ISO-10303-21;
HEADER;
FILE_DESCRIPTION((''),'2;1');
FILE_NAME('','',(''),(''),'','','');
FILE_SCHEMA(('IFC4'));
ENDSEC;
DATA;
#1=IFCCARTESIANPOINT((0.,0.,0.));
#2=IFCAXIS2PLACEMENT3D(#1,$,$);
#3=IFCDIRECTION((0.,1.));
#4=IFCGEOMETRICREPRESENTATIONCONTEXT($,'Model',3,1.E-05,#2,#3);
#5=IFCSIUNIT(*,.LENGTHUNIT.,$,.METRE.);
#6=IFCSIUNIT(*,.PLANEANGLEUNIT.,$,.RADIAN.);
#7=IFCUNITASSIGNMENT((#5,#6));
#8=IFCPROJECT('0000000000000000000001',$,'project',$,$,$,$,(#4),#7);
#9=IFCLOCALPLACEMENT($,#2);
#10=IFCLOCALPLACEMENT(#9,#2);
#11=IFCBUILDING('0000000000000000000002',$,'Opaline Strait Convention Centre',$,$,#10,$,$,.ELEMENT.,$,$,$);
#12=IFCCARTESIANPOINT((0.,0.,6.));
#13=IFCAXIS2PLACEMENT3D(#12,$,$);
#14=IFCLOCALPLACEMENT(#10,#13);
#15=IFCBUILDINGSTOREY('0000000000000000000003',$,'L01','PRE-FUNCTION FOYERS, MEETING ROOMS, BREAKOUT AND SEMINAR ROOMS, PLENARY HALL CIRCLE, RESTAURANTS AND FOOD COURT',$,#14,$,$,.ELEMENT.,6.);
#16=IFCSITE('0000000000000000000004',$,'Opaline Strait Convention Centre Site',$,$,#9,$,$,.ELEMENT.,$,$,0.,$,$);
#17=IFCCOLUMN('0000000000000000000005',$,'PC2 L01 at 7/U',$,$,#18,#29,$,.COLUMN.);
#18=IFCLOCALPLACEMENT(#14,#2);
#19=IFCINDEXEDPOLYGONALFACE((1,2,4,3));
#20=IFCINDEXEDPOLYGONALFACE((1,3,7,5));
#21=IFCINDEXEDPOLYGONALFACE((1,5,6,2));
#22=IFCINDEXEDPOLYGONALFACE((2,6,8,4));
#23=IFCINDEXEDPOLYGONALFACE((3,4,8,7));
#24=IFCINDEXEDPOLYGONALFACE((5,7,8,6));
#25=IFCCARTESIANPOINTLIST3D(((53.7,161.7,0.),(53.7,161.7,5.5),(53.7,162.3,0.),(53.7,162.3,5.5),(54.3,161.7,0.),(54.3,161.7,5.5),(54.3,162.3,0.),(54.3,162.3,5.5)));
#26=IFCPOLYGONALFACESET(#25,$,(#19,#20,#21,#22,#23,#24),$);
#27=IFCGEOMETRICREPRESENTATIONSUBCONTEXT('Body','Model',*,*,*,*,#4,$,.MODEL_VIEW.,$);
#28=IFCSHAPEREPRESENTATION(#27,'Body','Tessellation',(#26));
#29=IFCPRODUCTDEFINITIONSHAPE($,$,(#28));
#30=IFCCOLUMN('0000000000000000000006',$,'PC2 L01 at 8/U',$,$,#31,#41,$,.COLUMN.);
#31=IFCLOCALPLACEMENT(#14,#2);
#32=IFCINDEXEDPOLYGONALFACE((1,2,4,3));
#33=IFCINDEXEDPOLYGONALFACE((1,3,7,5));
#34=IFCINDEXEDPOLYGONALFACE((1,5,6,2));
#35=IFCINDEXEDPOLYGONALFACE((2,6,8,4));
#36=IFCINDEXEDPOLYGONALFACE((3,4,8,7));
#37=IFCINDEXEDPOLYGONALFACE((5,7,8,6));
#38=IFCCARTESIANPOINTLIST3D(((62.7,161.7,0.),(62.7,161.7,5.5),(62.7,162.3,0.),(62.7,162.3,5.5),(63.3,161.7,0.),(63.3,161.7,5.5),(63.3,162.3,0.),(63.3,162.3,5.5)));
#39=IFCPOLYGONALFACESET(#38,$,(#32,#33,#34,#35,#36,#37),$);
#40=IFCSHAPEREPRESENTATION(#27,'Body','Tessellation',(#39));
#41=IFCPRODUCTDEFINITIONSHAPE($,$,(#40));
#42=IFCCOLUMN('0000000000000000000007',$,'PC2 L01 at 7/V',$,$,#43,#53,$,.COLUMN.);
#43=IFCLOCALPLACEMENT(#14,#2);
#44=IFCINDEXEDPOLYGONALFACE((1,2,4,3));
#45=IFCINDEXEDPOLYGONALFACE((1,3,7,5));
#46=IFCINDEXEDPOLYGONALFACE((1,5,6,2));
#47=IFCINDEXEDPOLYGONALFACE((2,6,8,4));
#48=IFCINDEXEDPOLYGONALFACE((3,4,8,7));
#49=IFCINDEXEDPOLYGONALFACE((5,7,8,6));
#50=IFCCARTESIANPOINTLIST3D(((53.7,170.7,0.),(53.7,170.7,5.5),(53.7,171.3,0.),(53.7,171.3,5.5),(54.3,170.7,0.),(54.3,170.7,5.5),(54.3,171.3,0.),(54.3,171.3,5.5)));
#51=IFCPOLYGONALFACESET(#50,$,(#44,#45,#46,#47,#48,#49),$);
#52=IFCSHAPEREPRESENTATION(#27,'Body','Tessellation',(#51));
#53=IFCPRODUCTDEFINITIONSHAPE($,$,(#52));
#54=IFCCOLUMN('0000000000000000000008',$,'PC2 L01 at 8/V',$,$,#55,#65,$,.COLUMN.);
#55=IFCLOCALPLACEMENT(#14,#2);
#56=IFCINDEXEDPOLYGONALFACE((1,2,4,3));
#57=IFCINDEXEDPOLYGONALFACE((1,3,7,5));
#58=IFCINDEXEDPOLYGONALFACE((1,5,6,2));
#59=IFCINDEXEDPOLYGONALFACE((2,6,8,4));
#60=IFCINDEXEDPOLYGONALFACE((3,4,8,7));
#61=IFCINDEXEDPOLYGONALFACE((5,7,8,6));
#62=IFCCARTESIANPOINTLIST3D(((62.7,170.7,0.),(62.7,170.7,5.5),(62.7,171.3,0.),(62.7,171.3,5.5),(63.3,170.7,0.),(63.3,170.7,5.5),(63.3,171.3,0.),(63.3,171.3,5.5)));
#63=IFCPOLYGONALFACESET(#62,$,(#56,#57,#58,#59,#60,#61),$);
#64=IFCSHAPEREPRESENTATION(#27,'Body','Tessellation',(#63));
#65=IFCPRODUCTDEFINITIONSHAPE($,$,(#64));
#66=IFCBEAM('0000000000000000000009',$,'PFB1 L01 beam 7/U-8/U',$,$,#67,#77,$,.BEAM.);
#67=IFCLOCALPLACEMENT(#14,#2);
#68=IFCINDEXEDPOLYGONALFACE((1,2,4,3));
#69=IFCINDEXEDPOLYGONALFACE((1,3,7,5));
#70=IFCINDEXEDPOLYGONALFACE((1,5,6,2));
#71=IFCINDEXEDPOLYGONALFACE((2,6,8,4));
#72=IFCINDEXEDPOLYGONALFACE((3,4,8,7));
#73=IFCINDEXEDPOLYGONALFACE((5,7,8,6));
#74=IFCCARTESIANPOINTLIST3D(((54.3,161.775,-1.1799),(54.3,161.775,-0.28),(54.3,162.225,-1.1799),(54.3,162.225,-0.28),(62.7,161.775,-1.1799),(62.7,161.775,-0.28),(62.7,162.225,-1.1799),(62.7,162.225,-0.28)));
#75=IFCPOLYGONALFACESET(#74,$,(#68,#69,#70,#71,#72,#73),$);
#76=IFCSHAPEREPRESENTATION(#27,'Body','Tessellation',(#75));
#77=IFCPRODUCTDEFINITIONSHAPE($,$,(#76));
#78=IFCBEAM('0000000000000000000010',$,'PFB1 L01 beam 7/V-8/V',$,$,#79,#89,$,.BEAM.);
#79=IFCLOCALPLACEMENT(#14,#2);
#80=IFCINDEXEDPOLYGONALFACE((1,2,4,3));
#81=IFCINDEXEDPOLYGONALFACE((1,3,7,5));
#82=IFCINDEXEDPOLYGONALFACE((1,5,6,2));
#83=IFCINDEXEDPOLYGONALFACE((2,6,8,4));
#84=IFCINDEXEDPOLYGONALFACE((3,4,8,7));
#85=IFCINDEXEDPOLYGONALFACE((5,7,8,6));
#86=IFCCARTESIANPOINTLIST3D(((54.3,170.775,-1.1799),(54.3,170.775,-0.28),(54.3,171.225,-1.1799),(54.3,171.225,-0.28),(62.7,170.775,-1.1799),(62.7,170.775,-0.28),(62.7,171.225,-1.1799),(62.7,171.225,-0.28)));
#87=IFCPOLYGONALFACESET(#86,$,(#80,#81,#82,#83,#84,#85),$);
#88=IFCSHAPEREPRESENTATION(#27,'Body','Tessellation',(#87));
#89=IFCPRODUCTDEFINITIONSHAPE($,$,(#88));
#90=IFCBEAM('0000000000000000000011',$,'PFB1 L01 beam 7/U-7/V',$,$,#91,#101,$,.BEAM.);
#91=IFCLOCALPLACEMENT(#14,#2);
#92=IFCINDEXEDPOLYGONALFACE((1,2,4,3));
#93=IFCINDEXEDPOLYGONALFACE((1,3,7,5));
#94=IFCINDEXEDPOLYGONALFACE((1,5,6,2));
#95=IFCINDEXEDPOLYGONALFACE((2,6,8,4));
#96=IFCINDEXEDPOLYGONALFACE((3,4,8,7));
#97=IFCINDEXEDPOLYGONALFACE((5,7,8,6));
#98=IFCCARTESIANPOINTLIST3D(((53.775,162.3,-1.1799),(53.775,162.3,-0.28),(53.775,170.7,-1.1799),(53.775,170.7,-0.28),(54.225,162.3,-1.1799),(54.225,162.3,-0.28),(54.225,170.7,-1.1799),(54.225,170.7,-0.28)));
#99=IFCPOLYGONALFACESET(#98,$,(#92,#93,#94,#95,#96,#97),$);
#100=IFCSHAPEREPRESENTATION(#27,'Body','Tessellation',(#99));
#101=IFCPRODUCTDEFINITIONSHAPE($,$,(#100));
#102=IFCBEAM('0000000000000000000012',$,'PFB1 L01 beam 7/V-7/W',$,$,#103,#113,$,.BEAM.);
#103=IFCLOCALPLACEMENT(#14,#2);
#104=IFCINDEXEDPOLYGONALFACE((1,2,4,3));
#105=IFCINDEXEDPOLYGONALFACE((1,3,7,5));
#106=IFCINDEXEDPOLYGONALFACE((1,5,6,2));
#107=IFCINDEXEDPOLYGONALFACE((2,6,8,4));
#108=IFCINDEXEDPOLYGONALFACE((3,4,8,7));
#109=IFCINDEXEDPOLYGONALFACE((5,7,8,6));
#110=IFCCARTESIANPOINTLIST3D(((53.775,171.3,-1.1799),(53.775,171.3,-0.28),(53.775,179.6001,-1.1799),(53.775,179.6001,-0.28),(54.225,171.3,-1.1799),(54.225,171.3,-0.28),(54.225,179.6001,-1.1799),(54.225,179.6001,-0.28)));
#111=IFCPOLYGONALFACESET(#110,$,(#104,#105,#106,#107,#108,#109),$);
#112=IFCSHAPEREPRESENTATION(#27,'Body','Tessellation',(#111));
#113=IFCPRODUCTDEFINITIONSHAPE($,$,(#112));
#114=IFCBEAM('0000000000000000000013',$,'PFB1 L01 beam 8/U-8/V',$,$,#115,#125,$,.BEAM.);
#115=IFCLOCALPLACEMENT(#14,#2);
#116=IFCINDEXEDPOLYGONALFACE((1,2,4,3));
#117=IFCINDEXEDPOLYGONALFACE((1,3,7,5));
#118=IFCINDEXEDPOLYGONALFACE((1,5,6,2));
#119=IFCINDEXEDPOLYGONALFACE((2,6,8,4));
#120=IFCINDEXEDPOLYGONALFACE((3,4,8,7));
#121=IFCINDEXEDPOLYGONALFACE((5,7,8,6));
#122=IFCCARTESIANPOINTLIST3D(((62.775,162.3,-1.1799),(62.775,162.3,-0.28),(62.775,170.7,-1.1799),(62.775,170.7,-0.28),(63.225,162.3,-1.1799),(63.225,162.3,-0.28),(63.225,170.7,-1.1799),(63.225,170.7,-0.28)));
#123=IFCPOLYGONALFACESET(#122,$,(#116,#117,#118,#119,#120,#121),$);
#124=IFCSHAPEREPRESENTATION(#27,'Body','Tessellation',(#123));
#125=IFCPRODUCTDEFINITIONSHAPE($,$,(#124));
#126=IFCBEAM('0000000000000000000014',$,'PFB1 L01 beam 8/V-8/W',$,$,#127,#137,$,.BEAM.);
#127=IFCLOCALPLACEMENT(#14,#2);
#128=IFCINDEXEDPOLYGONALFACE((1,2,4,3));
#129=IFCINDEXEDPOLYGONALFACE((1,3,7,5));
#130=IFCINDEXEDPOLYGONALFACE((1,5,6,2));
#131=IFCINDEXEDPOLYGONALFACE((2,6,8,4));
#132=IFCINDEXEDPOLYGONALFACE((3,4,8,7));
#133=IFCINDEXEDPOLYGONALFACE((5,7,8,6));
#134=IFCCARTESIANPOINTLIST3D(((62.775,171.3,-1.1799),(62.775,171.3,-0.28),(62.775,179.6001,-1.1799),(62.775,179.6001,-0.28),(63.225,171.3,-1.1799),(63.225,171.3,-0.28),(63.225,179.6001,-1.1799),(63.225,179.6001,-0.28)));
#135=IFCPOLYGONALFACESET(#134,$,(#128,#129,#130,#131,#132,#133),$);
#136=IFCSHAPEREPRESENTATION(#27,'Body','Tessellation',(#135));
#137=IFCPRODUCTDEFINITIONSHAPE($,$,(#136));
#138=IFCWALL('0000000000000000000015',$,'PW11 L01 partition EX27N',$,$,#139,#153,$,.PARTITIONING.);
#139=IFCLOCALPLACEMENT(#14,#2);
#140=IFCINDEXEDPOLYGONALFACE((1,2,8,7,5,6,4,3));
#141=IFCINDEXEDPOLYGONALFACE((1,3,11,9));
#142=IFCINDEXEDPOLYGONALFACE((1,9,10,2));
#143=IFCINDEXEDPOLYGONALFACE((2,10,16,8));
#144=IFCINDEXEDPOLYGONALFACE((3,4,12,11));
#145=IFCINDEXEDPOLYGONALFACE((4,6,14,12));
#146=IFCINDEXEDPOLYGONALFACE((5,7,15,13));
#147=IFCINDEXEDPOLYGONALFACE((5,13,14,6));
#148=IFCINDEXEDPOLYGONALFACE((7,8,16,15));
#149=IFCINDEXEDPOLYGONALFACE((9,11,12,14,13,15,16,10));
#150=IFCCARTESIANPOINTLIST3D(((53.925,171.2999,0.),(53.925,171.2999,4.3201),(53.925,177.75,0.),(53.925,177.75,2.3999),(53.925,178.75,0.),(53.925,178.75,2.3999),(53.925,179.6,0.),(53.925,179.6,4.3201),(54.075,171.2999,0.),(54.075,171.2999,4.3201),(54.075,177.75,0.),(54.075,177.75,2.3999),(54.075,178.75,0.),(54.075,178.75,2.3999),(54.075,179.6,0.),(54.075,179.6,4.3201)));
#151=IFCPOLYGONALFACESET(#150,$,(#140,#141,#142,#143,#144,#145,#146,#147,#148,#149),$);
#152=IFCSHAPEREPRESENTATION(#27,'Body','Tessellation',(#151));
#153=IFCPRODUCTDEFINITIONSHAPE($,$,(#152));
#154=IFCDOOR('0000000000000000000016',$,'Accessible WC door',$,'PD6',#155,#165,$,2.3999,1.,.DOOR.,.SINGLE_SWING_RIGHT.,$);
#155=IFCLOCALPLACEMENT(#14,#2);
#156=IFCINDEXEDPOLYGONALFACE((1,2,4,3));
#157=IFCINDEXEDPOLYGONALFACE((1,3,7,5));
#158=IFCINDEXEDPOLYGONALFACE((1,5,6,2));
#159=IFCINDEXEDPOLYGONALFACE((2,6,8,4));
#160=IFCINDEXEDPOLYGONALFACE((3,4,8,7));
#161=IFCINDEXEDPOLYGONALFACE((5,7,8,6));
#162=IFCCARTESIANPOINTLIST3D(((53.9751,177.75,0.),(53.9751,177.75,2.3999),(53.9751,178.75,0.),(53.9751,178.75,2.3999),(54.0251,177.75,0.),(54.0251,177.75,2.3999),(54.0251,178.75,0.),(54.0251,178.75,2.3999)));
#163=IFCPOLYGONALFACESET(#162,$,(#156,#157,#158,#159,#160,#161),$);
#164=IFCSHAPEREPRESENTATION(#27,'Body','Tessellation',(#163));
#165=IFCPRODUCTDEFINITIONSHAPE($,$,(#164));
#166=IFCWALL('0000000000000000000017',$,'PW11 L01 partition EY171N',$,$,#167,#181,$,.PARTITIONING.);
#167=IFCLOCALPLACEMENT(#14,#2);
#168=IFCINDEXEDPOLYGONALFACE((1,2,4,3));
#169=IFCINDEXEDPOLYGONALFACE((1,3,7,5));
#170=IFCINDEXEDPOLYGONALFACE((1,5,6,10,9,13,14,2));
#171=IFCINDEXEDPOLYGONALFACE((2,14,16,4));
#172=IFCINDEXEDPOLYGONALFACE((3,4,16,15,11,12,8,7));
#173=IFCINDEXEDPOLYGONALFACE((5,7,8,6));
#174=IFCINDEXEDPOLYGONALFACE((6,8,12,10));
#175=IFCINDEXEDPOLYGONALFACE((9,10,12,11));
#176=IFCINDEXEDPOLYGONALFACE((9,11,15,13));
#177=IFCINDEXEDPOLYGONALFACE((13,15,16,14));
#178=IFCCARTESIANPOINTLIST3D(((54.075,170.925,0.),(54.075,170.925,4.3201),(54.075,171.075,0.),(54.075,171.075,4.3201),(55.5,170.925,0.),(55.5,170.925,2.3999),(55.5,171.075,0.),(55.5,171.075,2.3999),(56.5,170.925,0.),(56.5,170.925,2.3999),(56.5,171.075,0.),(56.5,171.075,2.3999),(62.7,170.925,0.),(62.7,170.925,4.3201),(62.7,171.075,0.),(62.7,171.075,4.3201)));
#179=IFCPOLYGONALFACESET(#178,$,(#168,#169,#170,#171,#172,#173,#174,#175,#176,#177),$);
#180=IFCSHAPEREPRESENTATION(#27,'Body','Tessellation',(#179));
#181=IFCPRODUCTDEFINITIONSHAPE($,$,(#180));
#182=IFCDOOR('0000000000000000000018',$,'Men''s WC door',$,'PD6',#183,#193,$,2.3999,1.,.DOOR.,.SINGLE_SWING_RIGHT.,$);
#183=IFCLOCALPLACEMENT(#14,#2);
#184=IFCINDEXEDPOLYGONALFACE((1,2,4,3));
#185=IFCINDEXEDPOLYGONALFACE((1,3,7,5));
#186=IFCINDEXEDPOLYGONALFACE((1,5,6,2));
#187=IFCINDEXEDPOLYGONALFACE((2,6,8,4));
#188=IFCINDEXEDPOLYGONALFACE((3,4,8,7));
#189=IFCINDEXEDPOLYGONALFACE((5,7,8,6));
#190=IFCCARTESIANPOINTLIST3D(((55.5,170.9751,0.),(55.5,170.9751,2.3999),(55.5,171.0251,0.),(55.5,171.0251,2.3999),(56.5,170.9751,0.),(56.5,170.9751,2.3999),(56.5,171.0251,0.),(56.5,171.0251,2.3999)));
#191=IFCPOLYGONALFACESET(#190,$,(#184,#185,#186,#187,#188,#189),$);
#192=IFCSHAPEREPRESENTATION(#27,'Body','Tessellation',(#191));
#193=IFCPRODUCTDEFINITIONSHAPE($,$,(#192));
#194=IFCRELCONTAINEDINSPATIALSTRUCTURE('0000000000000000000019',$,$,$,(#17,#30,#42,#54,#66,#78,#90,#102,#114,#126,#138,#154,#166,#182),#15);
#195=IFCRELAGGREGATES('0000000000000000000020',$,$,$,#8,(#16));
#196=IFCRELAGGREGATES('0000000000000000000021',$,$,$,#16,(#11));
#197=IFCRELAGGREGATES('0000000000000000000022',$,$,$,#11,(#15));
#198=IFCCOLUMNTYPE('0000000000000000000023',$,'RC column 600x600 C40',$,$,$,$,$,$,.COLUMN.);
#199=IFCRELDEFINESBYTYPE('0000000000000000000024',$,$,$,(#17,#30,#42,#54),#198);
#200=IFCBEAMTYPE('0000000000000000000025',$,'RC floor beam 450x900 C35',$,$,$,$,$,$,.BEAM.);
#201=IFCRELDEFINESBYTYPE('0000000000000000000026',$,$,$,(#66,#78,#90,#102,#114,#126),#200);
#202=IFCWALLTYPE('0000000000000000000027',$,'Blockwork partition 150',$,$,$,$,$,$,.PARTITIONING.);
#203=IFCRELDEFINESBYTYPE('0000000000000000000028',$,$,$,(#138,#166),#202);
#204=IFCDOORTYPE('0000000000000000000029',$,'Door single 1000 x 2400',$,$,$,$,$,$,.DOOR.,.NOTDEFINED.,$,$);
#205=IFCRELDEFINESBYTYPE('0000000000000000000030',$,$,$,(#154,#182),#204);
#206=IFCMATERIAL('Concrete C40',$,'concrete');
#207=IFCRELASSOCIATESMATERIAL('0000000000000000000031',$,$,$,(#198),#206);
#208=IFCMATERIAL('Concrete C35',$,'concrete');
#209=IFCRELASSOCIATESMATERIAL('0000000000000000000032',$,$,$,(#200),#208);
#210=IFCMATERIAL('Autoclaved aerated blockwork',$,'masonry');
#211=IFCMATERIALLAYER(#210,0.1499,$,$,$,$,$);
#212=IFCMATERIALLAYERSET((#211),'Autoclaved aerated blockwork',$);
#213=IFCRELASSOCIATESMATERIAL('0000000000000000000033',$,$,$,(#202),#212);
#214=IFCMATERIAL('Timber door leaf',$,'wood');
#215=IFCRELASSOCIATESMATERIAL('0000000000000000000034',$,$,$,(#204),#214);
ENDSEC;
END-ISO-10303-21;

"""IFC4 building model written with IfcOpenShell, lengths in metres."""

from ifc_helpers import new_model, si_unit, direction, frame, frame_2d, origin, origin_2d, place, context, subcontext, project, spatial, rectangle, extrude, material, layer, layer_set, material_profile, profile_set, type_object, element, fill, save


model = new_model("IFC4")

# Units and contexts
model_context = context("Model", 3, precision=1e-05, world=origin(), true_north=direction((0.0, 1.0)))
body_context = subcontext(model_context, "Body", "Model", "MODEL_VIEW")
ifc_project = project(units=[si_unit("LENGTHUNIT", "METRE"), si_unit("PLANEANGLEUNIT", "RADIAN")], contexts=[model_context])

# Site, building, storey
site_placement = place(None, origin())
site = spatial("IfcSite", under=ifc_project, at=site_placement, Name="Opaline Strait Convention Centre Site", CompositionType="ELEMENT", RefElevation=0.0)
building_placement = place(site_placement, origin())
building = spatial("IfcBuilding", under=site, at=building_placement, Name="Opaline Strait Convention Centre", CompositionType="ELEMENT")
storey_placement = place(building_placement, frame((0.0, 0.0, 6.0)))
storey = spatial("IfcBuildingStorey", under=building, at=storey_placement, Name="L01", Description="PRE-FUNCTION FOYERS, MEETING ROOMS, BREAKOUT AND SEMINAR ROOMS, PLENARY HALL CIRCLE, RESTAURANTS AND FOOD COURT", CompositionType="ELEMENT", Elevation=6.0)

# Columns
ifc_material_1 = material(Name="Concrete C40", Category="concrete")
ifc_material_profile_1 = material_profile(ifc_material_1, rectangle(XDim=0.6001, YDim=0.6001, at=origin_2d()), Name="RC 600x600")
ifc_profile_set_1 = profile_set([ifc_material_profile_1], Name="Concrete C40")
column_type = type_object("IfcColumnType", Name="RC column 600x600 C40", PredefinedType="COLUMN", material=ifc_profile_set_1)
for number, where, z_axis, x_axis, name in (
    (1, (54.0, 162.0, 0.0), (0.0, 0.0, 1.0), (1.0, 0.0, 0.0), "PC2 L01 at 7/U"),
    (2, (63.0, 162.0, 0.0), (0.0, 0.0, 1.0), (1.0, 0.0, 0.0), "PC2 L01 at 8/U"),
    (3, (54.0, 171.0, 0.0), (0.0, 0.0, 1.0), (1.0, 0.0, 0.0), "PC2 L01 at 7/V"),
    (4, (63.0, 171.0, 0.0), (0.0, 0.0, 1.0), (1.0, 0.0, 0.0), "PC2 L01 at 8/V"),
):
    element("IfcColumn", number, at=place(storey_placement, frame(where, z_axis=z_axis, x_axis=x_axis)), inside=storey, type_object=column_type, Name=name, PredefinedType="COLUMN", context=body_context, shape_type="SweptSolid", body=[
        extrude(rectangle(XDim=0.6001, YDim=0.6001, at=origin_2d()), origin(), (0.0, 0.0, 1.0), 5.5),
    ])

# Beams
ifc_material_2 = material(Name="Concrete C35", Category="concrete")
ifc_material_profile_2 = material_profile(ifc_material_2, rectangle(XDim=0.45, YDim=0.8999, at=origin_2d()), Name="RC 450x900")
ifc_profile_set_2 = profile_set([ifc_material_profile_2], Name="Concrete C35")
beam_type = type_object("IfcBeamType", Name="RC floor beam 450x900 C35", PredefinedType="BEAM", material=ifc_profile_set_2)
for number, where, z_axis, x_axis, name in (
    (5, (54.3, 162.0, -0.73), (1.0, 0.0, 0.0), (0.0, 1.0, 0.0), "PFB1 L01 beam 7/U-8/U"),
    (6, (54.3, 171.0, -0.73), (1.0, 0.0, 0.0), (0.0, 1.0, 0.0), "PFB1 L01 beam 7/V-8/V"),
    (7, (54.0, 162.3, -0.73), (0.0, 1.0, 0.0), (-1.0, 0.0, 0.0), "PFB1 L01 beam 7/U-7/V"),
):
    element("IfcBeam", number, at=place(storey_placement, frame(where, z_axis=z_axis, x_axis=x_axis)), inside=storey, type_object=beam_type, Name=name, PredefinedType="BEAM", context=body_context, shape_type="SweptSolid", body=[
        extrude(rectangle(XDim=0.45, YDim=0.8999, at=origin_2d()), origin(), (0.0, 0.0, 1.0), 8.3999),
    ])
beam_1_placement = place(storey_placement, frame((54.0, 171.3, -0.73), z_axis=(0.0, 1.0, 0.0), x_axis=(-1.0, 0.0, 0.0)))
element("IfcBeam", 8, at=beam_1_placement, inside=storey, type_object=beam_type, Name="PFB1 L01 beam 7/V-7/W", PredefinedType="BEAM", context=body_context, shape_type="SweptSolid", body=[
    extrude(rectangle(XDim=0.45, YDim=0.8999, at=origin_2d()), origin(), (0.0, 0.0, 1.0), 8.3),
])
beam_2_placement = place(storey_placement, frame((63.0, 162.3, -0.73), z_axis=(0.0, 1.0, 0.0), x_axis=(-1.0, 0.0, 0.0)))
element("IfcBeam", 9, at=beam_2_placement, inside=storey, type_object=beam_type, Name="PFB1 L01 beam 8/U-8/V", PredefinedType="BEAM", context=body_context, shape_type="SweptSolid", body=[
    extrude(rectangle(XDim=0.45, YDim=0.8999, at=origin_2d()), origin(), (0.0, 0.0, 1.0), 8.3999),
])
beam_3_placement = place(storey_placement, frame((63.0, 171.3, -0.73), z_axis=(0.0, 1.0, 0.0), x_axis=(-1.0, 0.0, 0.0)))
element("IfcBeam", 10, at=beam_3_placement, inside=storey, type_object=beam_type, Name="PFB1 L01 beam 8/V-8/W", PredefinedType="BEAM", context=body_context, shape_type="SweptSolid", body=[
    extrude(rectangle(XDim=0.45, YDim=0.8999, at=origin_2d()), origin(), (0.0, 0.0, 1.0), 8.3),
])

# Walls, openings, doors
ifc_material_3 = material(Name="Autoclaved aerated blockwork", Category="masonry")
ifc_layer_1 = layer(ifc_material_3, 0.1499)
ifc_layer_set_1 = layer_set([ifc_layer_1], Name="Autoclaved aerated blockwork")
wall_type_1 = type_object("IfcWallType", Name="Blockwork partition 150", PredefinedType="PARTITIONING", material=ifc_layer_set_1)
wall_1_placement = place(storey_placement, frame((54.0, 171.3, 0.0), z_axis=(0.0, 0.0, 1.0), x_axis=(0.0, 1.0, 0.0)))
wall_1 = element("IfcWall", 11, at=wall_1_placement, inside=storey, type_object=wall_type_1, Name="PW11 L01 partition EX27N", PredefinedType="PARTITIONING", context=body_context, shape_type="SweptSolid", body=[
    extrude(rectangle(XDim=8.3, YDim=0.1499, at=frame_2d((4.1499, 0.0))), origin(), (0.0, 0.0, 1.0), 4.3201),
])
opening_1_placement = place(wall_1_placement, frame((6.45, 0.0, 0.0)))
opening_1 = element("IfcOpeningElement", 12, at=opening_1_placement, cuts=wall_1, PredefinedType="OPENING", context=body_context, shape_type="SweptSolid", body=[
    extrude(rectangle(XDim=1.0, YDim=2.3999, at=frame_2d((0.5, 1.2))), frame((0.0, 0.085, 0.0), z_axis=(0.0, -1.0, 0.0), x_axis=(1.0, 0.0, 0.0)), (0.0, 0.0, 1.0), 0.1699),
])
ifc_material_4 = material(Name="Timber door leaf", Category="wood")
door_type = type_object("IfcDoorType", Name="Door single 1000 x 2400", OperationType="NOTDEFINED", PredefinedType="DOOR", material=ifc_material_4)
door_1_placement = place(opening_1_placement, origin())
door_1 = element("IfcDoor", 13, at=door_1_placement, inside=storey, type_object=door_type, Name="Accessible WC door", ObjectType="PD6", OperationType="SINGLE_SWING_RIGHT", OverallHeight=2.3999, OverallWidth=1.0, PredefinedType="DOOR", context=body_context, shape_type="SweptSolid", body=[
    extrude(rectangle(XDim=1.0, YDim=2.3999, at=frame_2d((0.5, 1.2))), frame((0.0, 0.0249, 0.0), z_axis=(0.0, -1.0, 0.0), x_axis=(1.0, 0.0, 0.0)), (0.0, 0.0, 1.0), 0.05),
])
fill(opening_1, door_1)
wall_2_placement = place(storey_placement, frame((62.7, 171.0, 0.0), z_axis=(0.0, 0.0, 1.0), x_axis=(-1.0, 0.0, 0.0)))
wall_2 = element("IfcWall", 14, at=wall_2_placement, inside=storey, type_object=wall_type_1, Name="PW11 L01 partition EY171N", PredefinedType="PARTITIONING", context=body_context, shape_type="SweptSolid", body=[
    extrude(rectangle(XDim=8.625, YDim=0.1499, at=frame_2d((4.3125, 0.0))), origin(), (0.0, 0.0, 1.0), 4.3201),
])
opening_2_placement = place(wall_2_placement, frame((6.2, 0.0, 0.0)))
opening_2 = element("IfcOpeningElement", 15, at=opening_2_placement, cuts=wall_2, PredefinedType="OPENING", context=body_context, shape_type="SweptSolid", body=[
    extrude(rectangle(XDim=1.0, YDim=2.3999, at=frame_2d((0.5, 1.2))), frame((0.0, 0.085, 0.0), z_axis=(0.0, -1.0, 0.0), x_axis=(1.0, 0.0, 0.0)), (0.0, 0.0, 1.0), 0.1699),
])
door_2_placement = place(opening_2_placement, origin())
door_2 = element("IfcDoor", 16, at=door_2_placement, inside=storey, type_object=door_type, Name="Men's WC door", ObjectType="PD6", OperationType="SINGLE_SWING_RIGHT", OverallHeight=2.3999, OverallWidth=1.0, PredefinedType="DOOR", context=body_context, shape_type="SweptSolid", body=[
    extrude(rectangle(XDim=1.0, YDim=2.3999, at=frame_2d((0.5, 1.2))), frame((0.0, 0.0249, 0.0), z_axis=(0.0, -1.0, 0.0), x_axis=(1.0, 0.0, 0.0)), (0.0, 0.0, 1.0), 0.05),
])
fill(opening_2, door_2)

save(model, "model.ifc")
